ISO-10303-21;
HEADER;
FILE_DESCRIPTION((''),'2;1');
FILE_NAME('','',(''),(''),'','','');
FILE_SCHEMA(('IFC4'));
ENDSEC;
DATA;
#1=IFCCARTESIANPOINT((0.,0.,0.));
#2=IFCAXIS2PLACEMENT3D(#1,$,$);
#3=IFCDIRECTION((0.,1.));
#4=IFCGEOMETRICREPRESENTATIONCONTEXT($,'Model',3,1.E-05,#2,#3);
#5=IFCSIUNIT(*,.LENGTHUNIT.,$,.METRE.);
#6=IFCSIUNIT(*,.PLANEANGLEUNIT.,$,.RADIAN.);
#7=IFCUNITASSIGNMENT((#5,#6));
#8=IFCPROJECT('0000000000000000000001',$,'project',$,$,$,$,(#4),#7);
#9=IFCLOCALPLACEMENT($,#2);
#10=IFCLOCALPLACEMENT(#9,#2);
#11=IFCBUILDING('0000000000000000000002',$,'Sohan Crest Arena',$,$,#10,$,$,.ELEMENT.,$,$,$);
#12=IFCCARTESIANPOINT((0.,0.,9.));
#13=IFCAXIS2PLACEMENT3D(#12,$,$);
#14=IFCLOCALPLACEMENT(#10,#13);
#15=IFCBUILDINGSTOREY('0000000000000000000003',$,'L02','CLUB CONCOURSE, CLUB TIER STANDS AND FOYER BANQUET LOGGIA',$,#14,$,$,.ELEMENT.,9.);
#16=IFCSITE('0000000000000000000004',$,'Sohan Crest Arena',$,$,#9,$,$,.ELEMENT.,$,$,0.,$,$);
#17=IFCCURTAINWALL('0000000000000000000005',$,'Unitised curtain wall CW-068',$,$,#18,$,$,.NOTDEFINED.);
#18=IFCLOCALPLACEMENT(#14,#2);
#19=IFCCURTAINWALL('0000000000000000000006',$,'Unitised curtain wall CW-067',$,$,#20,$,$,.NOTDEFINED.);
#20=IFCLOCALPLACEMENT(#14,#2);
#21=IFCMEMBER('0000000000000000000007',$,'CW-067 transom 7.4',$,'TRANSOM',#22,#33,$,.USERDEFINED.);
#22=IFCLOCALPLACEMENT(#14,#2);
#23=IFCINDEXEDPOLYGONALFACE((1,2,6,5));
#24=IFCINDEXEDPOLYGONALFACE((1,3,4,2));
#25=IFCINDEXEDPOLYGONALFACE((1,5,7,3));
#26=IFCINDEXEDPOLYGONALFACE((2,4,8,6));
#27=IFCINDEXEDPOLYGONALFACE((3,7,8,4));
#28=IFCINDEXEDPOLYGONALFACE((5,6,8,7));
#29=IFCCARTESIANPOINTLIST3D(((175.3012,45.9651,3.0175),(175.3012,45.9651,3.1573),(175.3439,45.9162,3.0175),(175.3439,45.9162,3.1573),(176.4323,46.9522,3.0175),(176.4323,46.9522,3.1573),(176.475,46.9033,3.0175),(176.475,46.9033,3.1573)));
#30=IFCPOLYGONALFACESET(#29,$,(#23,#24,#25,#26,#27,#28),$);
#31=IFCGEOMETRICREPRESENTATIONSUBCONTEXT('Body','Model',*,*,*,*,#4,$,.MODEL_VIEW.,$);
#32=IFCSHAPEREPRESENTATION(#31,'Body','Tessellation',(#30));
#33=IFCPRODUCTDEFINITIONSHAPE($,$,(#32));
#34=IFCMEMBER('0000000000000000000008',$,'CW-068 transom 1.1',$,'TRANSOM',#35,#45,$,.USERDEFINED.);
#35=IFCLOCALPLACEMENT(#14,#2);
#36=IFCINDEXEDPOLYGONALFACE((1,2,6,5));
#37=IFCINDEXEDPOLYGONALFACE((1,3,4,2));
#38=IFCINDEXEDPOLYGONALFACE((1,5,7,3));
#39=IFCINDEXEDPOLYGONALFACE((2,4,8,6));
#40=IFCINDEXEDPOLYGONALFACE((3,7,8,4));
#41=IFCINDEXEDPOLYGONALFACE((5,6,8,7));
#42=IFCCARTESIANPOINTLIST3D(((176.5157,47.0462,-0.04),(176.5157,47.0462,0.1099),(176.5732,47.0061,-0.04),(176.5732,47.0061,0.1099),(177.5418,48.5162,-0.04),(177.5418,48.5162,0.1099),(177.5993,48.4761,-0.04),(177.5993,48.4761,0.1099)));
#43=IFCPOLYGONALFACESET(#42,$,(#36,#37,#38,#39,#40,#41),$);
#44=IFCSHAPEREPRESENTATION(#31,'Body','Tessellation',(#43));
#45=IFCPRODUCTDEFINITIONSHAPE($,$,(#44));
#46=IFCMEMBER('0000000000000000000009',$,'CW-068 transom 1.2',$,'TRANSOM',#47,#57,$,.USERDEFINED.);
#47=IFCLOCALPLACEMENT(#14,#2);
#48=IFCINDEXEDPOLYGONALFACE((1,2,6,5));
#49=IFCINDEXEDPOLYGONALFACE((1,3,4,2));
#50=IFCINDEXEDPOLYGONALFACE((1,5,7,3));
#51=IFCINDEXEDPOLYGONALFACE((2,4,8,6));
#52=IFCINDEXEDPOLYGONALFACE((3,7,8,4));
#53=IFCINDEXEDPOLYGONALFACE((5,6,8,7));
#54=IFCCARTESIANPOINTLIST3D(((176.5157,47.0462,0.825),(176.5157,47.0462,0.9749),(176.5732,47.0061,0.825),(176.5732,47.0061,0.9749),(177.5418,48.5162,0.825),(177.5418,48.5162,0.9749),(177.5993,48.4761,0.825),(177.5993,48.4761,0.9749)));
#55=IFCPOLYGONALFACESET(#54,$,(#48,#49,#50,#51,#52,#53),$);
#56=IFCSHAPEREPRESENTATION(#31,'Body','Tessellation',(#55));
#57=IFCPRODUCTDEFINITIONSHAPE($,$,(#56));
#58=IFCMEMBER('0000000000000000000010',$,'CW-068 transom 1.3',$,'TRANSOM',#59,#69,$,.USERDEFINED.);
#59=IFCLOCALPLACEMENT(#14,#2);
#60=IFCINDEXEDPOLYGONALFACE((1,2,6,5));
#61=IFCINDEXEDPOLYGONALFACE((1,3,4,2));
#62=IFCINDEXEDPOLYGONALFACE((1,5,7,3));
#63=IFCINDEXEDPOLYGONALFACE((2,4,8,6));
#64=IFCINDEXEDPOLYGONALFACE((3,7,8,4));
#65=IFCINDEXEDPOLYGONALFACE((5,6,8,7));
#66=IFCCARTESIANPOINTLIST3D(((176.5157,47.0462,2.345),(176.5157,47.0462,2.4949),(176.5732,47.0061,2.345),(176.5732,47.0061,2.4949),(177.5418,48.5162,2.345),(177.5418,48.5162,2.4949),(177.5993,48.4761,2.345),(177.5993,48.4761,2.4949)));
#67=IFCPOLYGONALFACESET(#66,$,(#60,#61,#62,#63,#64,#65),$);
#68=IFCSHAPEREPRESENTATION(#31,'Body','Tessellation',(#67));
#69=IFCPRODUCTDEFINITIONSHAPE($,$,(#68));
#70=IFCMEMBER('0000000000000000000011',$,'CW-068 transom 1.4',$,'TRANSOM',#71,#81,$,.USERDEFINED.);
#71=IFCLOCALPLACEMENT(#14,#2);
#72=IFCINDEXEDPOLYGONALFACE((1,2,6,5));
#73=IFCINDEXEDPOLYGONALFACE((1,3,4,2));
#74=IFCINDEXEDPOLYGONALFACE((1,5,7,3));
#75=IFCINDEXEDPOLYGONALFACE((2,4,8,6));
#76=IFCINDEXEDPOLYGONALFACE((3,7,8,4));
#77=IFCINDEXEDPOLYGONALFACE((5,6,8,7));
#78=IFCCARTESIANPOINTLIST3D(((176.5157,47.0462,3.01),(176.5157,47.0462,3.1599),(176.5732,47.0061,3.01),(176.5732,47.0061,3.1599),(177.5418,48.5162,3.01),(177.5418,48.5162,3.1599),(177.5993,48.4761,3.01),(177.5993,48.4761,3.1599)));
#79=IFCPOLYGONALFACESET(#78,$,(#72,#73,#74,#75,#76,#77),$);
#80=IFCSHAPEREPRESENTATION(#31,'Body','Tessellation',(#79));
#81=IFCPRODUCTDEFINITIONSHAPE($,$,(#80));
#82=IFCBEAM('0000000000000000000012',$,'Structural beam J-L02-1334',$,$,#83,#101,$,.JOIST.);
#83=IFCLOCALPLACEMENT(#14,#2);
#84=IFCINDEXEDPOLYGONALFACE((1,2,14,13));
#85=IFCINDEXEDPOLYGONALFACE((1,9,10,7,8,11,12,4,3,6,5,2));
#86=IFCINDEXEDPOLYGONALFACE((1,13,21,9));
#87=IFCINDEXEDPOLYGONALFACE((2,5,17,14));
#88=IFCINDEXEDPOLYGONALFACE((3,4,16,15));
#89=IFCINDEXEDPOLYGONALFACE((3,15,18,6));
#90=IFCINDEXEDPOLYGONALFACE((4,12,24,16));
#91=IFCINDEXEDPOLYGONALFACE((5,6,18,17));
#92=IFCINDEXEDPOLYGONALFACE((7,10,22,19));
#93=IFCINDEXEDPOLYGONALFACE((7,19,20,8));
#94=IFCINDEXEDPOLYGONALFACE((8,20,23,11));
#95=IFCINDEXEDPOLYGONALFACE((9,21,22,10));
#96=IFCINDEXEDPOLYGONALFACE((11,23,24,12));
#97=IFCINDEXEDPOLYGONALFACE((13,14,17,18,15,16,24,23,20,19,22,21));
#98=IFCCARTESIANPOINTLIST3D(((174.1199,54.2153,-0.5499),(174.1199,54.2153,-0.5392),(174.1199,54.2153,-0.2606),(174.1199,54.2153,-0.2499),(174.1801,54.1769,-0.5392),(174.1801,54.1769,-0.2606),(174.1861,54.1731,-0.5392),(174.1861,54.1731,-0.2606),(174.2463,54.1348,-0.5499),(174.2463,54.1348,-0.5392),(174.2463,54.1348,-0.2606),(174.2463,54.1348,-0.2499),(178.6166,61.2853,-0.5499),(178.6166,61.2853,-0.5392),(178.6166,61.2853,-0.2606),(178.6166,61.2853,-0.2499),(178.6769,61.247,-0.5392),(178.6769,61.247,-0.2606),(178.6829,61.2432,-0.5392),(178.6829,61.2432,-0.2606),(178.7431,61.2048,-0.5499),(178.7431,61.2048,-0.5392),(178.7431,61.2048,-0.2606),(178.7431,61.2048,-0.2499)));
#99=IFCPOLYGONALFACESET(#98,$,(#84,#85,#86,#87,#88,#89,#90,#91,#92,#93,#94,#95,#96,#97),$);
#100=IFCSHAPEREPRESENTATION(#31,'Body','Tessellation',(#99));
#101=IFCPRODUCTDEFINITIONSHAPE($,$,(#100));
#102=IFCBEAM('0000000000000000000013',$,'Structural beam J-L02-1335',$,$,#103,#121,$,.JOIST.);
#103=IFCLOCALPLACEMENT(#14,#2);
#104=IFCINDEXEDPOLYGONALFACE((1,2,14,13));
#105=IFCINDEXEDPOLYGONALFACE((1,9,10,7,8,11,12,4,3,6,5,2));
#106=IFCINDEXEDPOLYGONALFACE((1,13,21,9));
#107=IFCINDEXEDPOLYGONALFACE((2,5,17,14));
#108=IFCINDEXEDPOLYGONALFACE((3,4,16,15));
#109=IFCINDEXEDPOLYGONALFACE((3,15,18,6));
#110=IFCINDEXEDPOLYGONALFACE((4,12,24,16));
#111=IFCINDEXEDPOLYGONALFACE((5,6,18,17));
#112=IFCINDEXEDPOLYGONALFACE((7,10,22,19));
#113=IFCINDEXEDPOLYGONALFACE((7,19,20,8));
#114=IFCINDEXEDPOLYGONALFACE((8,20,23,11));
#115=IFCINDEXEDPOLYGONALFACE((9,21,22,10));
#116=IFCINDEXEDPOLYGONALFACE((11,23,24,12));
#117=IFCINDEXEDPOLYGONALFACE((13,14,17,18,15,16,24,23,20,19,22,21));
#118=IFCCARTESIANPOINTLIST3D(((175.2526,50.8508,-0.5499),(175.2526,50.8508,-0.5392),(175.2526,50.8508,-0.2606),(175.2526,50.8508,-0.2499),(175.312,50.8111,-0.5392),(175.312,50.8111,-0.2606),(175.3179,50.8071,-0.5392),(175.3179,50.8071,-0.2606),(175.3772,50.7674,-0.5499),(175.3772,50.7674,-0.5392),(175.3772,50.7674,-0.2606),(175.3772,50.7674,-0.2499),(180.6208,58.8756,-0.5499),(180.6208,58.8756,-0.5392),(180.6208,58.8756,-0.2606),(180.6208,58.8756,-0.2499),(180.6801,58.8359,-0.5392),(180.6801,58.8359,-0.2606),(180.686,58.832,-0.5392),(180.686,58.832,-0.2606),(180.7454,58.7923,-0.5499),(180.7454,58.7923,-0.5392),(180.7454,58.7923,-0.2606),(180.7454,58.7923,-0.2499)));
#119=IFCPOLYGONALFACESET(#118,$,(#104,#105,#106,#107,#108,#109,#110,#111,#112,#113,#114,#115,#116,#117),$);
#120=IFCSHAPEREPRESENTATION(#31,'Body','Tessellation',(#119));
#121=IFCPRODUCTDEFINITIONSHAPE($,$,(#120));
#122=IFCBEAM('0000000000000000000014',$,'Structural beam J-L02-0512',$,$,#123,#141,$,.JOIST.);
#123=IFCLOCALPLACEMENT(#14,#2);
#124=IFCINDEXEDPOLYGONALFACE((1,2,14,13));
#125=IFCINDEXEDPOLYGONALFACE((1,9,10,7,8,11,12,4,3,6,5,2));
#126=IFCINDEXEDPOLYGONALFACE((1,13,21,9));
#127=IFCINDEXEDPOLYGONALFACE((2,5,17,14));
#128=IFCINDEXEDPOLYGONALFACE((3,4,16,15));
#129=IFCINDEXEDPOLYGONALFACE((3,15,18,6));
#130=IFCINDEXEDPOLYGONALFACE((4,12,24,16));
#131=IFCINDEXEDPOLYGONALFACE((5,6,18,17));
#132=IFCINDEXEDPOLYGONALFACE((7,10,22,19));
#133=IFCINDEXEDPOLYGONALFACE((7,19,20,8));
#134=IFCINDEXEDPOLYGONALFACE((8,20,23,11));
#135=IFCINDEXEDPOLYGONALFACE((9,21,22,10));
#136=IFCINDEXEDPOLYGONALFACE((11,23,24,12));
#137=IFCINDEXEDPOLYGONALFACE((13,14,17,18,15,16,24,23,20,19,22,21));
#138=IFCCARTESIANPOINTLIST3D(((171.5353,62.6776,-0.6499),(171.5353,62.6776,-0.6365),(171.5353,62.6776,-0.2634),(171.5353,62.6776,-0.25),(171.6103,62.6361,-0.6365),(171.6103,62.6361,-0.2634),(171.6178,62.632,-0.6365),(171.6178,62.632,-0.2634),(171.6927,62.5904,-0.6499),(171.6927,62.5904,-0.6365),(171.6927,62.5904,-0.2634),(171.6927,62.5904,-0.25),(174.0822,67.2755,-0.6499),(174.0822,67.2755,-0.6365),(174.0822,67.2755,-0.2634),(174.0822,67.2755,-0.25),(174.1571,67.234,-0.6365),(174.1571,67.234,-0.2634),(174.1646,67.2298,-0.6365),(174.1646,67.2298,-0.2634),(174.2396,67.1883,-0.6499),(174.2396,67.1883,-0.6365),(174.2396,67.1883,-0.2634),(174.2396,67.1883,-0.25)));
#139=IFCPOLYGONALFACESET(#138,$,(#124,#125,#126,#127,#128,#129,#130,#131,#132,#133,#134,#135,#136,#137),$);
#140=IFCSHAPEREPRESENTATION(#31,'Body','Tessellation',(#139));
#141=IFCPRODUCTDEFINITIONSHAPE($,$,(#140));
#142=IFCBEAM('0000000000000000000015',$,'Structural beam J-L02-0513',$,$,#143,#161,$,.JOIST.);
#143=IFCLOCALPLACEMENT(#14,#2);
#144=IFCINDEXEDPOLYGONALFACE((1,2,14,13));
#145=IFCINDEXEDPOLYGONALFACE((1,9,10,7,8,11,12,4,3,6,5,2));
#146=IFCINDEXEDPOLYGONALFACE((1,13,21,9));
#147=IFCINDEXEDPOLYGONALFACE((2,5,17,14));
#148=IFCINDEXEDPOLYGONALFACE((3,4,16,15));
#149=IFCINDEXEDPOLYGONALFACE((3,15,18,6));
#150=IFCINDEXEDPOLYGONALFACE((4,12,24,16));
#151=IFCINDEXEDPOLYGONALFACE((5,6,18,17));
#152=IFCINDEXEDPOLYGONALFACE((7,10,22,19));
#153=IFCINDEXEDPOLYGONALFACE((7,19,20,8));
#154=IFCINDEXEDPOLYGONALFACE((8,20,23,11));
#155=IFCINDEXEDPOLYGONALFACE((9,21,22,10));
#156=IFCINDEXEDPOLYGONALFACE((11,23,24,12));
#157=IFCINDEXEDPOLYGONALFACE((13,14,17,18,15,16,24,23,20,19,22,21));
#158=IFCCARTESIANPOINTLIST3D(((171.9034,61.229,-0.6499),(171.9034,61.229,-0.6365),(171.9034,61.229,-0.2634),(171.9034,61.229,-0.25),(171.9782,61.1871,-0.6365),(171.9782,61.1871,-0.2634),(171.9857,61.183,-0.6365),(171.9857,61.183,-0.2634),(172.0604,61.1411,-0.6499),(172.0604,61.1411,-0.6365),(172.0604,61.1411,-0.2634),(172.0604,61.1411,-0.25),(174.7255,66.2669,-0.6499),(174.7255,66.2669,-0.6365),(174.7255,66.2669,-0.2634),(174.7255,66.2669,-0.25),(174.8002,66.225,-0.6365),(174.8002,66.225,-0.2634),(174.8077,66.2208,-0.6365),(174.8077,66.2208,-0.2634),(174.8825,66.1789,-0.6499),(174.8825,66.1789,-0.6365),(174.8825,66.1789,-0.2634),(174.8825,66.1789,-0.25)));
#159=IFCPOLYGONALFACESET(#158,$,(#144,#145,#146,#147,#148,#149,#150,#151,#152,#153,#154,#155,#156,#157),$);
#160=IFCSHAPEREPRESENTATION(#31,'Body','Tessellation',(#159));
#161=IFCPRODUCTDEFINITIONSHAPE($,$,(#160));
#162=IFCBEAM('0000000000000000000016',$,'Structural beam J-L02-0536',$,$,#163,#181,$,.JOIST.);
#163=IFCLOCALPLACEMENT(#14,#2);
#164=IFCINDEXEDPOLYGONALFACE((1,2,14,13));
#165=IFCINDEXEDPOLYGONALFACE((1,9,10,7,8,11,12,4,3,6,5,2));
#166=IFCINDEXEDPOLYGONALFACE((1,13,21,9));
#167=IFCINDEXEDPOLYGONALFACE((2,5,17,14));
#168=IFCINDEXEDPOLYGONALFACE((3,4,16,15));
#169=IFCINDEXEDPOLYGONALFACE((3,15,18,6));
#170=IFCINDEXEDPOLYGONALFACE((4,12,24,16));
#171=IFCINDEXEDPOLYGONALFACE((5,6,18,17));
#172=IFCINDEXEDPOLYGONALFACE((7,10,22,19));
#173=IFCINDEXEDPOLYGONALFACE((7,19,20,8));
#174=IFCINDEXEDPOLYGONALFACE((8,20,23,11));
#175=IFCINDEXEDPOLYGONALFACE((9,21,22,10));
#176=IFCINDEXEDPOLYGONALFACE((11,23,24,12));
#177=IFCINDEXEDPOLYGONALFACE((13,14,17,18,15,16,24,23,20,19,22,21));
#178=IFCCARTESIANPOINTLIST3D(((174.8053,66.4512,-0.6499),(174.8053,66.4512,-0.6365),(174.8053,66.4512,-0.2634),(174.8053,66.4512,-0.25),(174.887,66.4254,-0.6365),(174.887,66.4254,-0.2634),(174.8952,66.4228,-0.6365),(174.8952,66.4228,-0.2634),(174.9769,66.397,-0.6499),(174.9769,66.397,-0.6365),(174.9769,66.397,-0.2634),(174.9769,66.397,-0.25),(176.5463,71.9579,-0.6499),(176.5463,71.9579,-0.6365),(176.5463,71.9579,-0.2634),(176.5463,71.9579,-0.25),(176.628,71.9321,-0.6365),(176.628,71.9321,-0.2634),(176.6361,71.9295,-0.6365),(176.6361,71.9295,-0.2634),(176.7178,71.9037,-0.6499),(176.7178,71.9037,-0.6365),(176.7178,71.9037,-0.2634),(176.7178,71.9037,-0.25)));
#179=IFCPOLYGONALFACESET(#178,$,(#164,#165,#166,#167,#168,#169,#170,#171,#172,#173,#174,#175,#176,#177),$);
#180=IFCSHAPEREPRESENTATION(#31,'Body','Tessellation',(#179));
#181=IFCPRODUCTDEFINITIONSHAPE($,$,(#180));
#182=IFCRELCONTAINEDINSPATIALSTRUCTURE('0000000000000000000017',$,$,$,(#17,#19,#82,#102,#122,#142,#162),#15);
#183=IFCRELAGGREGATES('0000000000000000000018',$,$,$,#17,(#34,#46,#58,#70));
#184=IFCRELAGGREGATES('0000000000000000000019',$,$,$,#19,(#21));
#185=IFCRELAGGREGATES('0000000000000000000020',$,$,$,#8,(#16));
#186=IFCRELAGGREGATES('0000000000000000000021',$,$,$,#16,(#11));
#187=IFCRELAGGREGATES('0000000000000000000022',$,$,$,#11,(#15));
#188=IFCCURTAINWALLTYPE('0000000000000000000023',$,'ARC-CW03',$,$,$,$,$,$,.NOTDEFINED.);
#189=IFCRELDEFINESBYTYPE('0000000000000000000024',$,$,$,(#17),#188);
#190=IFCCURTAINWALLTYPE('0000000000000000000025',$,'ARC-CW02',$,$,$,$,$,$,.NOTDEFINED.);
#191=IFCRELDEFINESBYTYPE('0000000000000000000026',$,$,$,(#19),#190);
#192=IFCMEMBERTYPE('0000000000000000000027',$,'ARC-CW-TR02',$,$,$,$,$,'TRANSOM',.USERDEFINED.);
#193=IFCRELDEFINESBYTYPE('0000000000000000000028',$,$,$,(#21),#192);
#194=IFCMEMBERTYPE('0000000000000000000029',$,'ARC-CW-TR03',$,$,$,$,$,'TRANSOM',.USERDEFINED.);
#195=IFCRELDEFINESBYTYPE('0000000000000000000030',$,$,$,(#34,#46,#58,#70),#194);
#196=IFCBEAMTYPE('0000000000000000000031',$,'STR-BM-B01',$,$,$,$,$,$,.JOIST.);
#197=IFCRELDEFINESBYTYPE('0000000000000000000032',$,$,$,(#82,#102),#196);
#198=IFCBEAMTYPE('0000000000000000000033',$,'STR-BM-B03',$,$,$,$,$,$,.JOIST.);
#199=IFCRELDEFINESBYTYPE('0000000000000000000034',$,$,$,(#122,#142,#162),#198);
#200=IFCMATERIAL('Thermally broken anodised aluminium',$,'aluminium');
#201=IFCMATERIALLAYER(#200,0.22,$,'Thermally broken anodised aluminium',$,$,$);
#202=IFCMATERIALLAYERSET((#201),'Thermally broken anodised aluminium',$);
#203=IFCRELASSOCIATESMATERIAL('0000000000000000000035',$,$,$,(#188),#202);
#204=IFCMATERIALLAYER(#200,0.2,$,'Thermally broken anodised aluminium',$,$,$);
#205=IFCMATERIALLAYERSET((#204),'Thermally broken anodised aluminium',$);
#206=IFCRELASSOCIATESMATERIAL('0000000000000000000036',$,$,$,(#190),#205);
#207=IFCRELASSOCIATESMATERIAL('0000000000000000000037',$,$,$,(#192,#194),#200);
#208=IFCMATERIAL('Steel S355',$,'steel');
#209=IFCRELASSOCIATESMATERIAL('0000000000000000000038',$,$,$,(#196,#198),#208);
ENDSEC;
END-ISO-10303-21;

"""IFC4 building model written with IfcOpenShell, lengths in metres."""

from ifc_helpers import new_model, si_unit, direction, frame, origin, origin_2d, place, context, subcontext, project, spatial, rectangle, i_section, extrude, material, layer, layer_set, material_profile, profile_set, type_object, element, aggregate, save


model = new_model("IFC4")

# Units and contexts
model_context = context("Model", 3, precision=1e-05, world=origin(), true_north=direction((0.0, 1.0)))
body_context = subcontext(model_context, "Body", "Model", "MODEL_VIEW")
ifc_project = project(units=[si_unit("LENGTHUNIT", "METRE"), si_unit("PLANEANGLEUNIT", "RADIAN")], contexts=[model_context])

# Site, building, storey
site_placement = place(None, origin())
site = spatial("IfcSite", under=ifc_project, at=site_placement, Name="Sohan Crest Arena", CompositionType="ELEMENT", RefElevation=0.0)
building_placement = place(site_placement, origin())
building = spatial("IfcBuilding", under=site, at=building_placement, Name="Sohan Crest Arena", CompositionType="ELEMENT")
storey_placement = place(building_placement, frame((0.0, 0.0, 9.0)))
storey = spatial("IfcBuildingStorey", under=building, at=storey_placement, Name="L02", Description="CLUB CONCOURSE, CLUB TIER STANDS AND FOYER BANQUET LOGGIA", CompositionType="ELEMENT", Elevation=9.0)

# Shared definitions
ifc_material_1 = material(Name="Steel S355", Category="steel")

# Curtain wall
ifc_material_2 = material(Name="Thermally broken anodised aluminium", Category="aluminium")
ifc_layer_1 = layer(ifc_material_2, 0.22, Name="Thermally broken anodised aluminium")
ifc_layer_set_1 = layer_set([ifc_layer_1], Name="Thermally broken anodised aluminium")
curtain_wall_type_1 = type_object("IfcCurtainWallType", Name="ARC-CW03", PredefinedType="NOTDEFINED", material=ifc_layer_set_1)
curtain_wall_1_placement = place(storey_placement, origin())
curtain_wall_1 = element("IfcCurtainWall", 1, at=curtain_wall_1_placement, inside=storey, type_object=curtain_wall_type_1, Name="Unitised curtain wall CW-068", PredefinedType="NOTDEFINED")

# Curtain wall, member
ifc_layer_2 = layer(ifc_material_2, 0.2, Name="Thermally broken anodised aluminium")
ifc_layer_set_2 = layer_set([ifc_layer_2], Name="Thermally broken anodised aluminium")
curtain_wall_type_2 = type_object("IfcCurtainWallType", Name="ARC-CW02", PredefinedType="NOTDEFINED", material=ifc_layer_set_2)
curtain_wall_2_placement = place(storey_placement, origin())
curtain_wall_2 = element("IfcCurtainWall", 2, at=curtain_wall_2_placement, inside=storey, type_object=curtain_wall_type_2, Name="Unitised curtain wall CW-067", PredefinedType="NOTDEFINED")
ifc_material_profile_1 = material_profile(ifc_material_2, rectangle(XDim=0.0649, YDim=0.1399, at=origin_2d()), Name="ALU-TRAN 65x140")
ifc_profile_set_1 = profile_set([ifc_material_profile_1], Name="Thermally broken anodised aluminium")
member_type_1 = type_object("IfcMemberType", Name="ARC-CW-TR02", ElementType="TRANSOM", PredefinedType="USERDEFINED", material=ifc_profile_set_1)
member_1_placement = place(storey_placement, frame((175.3225, 45.9407, 3.0874), z_axis=(0.753452, 0.657502, 0.0), x_axis=(-0.657502, 0.753452, 0.0)))
member_1 = element("IfcMember", 3, at=member_1_placement, type_object=member_type_1, Name="CW-067 transom 7.4", ObjectType="TRANSOM", PredefinedType="USERDEFINED", context=body_context, shape_type="SweptSolid", body=[
    extrude(rectangle(XDim=0.0649, YDim=0.1399, at=origin_2d()), origin(), (0.0, 0.0, 1.0), 1.5012),
])

# Members
ifc_material_profile_2 = material_profile(ifc_material_2, rectangle(XDim=0.0701, YDim=0.1499, at=origin_2d()), Name="ALU-TRAN 70x150")
ifc_profile_set_2 = profile_set([ifc_material_profile_2], Name="Thermally broken anodised aluminium")
member_type_2 = type_object("IfcMemberType", Name="ARC-CW-TR03", ElementType="TRANSOM", PredefinedType="USERDEFINED", material=ifc_profile_set_2)
member_2_placement = place(storey_placement, frame((176.5444, 47.0261, 0.0349), z_axis=(0.572392, 0.81998, 0.0), x_axis=(-0.81998, 0.572392, 0.0)))
member_2 = element("IfcMember", 4, at=member_2_placement, type_object=member_type_2, Name="CW-068 transom 1.1", ObjectType="TRANSOM", PredefinedType="USERDEFINED", context=body_context, shape_type="SweptSolid", body=[
    extrude(rectangle(XDim=0.0701, YDim=0.1499, at=origin_2d()), origin(), (0.0, 0.0, 1.0), 1.7927),
])
member_3_placement = place(storey_placement, frame((176.5444, 47.0261, 0.8999), z_axis=(0.572392, 0.81998, 0.0), x_axis=(-0.81998, 0.572392, 0.0)))
member_3 = element("IfcMember", 5, at=member_3_placement, type_object=member_type_2, Name="CW-068 transom 1.2", ObjectType="TRANSOM", PredefinedType="USERDEFINED", context=body_context, shape_type="SweptSolid", body=[
    extrude(rectangle(XDim=0.0701, YDim=0.1499, at=origin_2d()), origin(), (0.0, 0.0, 1.0), 1.7927),
])
member_4_placement = place(storey_placement, frame((176.5444, 47.0261, 2.4199), z_axis=(0.572392, 0.81998, 0.0), x_axis=(-0.81998, 0.572392, 0.0)))
member_4 = element("IfcMember", 6, at=member_4_placement, type_object=member_type_2, Name="CW-068 transom 1.3", ObjectType="TRANSOM", PredefinedType="USERDEFINED", context=body_context, shape_type="SweptSolid", body=[
    extrude(rectangle(XDim=0.0701, YDim=0.1499, at=origin_2d()), origin(), (0.0, 0.0, 1.0), 1.7927),
])
member_5_placement = place(storey_placement, frame((176.5444, 47.0261, 3.085), z_axis=(0.572392, 0.81998, 0.0), x_axis=(-0.81998, 0.572392, 0.0)))
member_5 = element("IfcMember", 7, at=member_5_placement, type_object=member_type_2, Name="CW-068 transom 1.4", ObjectType="TRANSOM", PredefinedType="USERDEFINED", context=body_context, shape_type="SweptSolid", body=[
    extrude(rectangle(XDim=0.0701, YDim=0.1499, at=origin_2d()), origin(), (0.0, 0.0, 1.0), 1.7927),
])
aggregate(curtain_wall_1, [member_2, member_3, member_4, member_5])

# Beams
ifc_material_profile_3 = material_profile(ifc_material_1, i_section(OverallWidth=0.1499, OverallDepth=0.3, WebThickness=0.0071, FlangeThickness=0.0107, at=origin_2d()), Name="IPE 300")
ifc_profile_set_3 = profile_set([ifc_material_profile_3], Name="Steel S355")
beam_type_1 = type_object("IfcBeamType", Name="STR-BM-B01", PredefinedType="JOIST", material=ifc_profile_set_3)
beam_1_placement = place(storey_placement, frame((174.1831, 54.175, -0.3999), z_axis=(0.536679, 0.843786, 0.0), x_axis=(-0.843786, 0.536679, 0.0)))
element("IfcBeam", 8, at=beam_1_placement, inside=storey, type_object=beam_type_1, Name="Structural beam J-L02-1334", PredefinedType="JOIST", context=body_context, shape_type="SweptSolid", body=[
    extrude(i_section(OverallWidth=0.1499, OverallDepth=0.3, WebThickness=0.0071, FlangeThickness=0.0107, at=origin_2d()), origin(), (0.0, 0.0, 1.0), 8.3789),
])
beam_2_placement = place(storey_placement, frame((175.3149, 50.8091, -0.3999), z_axis=(0.556007, 0.831178, 0.0), x_axis=(-0.831178, 0.556007, 0.0)))
element("IfcBeam", 9, at=beam_2_placement, inside=storey, type_object=beam_type_1, Name="Structural beam J-L02-1335", PredefinedType="JOIST", context=body_context, shape_type="SweptSolid", body=[
    extrude(i_section(OverallWidth=0.1499, OverallDepth=0.3, WebThickness=0.0071, FlangeThickness=0.0107, at=origin_2d()), origin(), (0.0, 0.0, 1.0), 9.6548),
])
ifc_material_profile_4 = material_profile(ifc_material_1, i_section(OverallWidth=0.1799, OverallDepth=0.3999, WebThickness=0.0085, FlangeThickness=0.0134, at=origin_2d()), Name="IPE 400")
ifc_profile_set_4 = profile_set([ifc_material_profile_4], Name="Steel S355")
beam_type_2 = type_object("IfcBeamType", Name="STR-BM-B03", PredefinedType="JOIST", material=ifc_profile_set_4)
beam_3_placement = place(storey_placement, frame((171.614, 62.634, -0.45), z_axis=(0.48455, 0.874763, 0.0), x_axis=(-0.874763, 0.48455, 0.0)))
element("IfcBeam", 10, at=beam_3_placement, inside=storey, type_object=beam_type_2, Name="Structural beam J-L02-0512", PredefinedType="JOIST", context=body_context, shape_type="SweptSolid", body=[
    extrude(i_section(OverallWidth=0.1799, OverallDepth=0.3999, WebThickness=0.0085, FlangeThickness=0.0134, at=origin_2d()), origin(), (0.0, 0.0, 1.0), 5.2561),
])
beam_4_placement = place(storey_placement, frame((171.9819, 61.1851, -0.45), z_axis=(0.488713, 0.872445, 0.0), x_axis=(-0.872445, 0.488713, 0.0)))
element("IfcBeam", 11, at=beam_4_placement, inside=storey, type_object=beam_type_2, Name="Structural beam J-L02-0513", PredefinedType="JOIST", context=body_context, shape_type="SweptSolid", body=[
    extrude(i_section(OverallWidth=0.1799, OverallDepth=0.3999, WebThickness=0.0085, FlangeThickness=0.0134, at=origin_2d()), origin(), (0.0, 0.0, 1.0), 5.7744),
])
beam_5_placement = place(storey_placement, frame((174.8911, 66.4241, -0.45), z_axis=(0.301441, 0.953485, 0.0), x_axis=(-0.953485, 0.301441, 0.0)))
element("IfcBeam", 12, at=beam_5_placement, inside=storey, type_object=beam_type_2, Name="Structural beam J-L02-0536", PredefinedType="JOIST", context=body_context, shape_type="SweptSolid", body=[
    extrude(i_section(OverallWidth=0.1799, OverallDepth=0.3999, WebThickness=0.0085, FlangeThickness=0.0134, at=origin_2d()), origin(), (0.0, 0.0, 1.0), 5.7754),
])

aggregate(curtain_wall_2, [member_1])

save(model, "model.ifc")
